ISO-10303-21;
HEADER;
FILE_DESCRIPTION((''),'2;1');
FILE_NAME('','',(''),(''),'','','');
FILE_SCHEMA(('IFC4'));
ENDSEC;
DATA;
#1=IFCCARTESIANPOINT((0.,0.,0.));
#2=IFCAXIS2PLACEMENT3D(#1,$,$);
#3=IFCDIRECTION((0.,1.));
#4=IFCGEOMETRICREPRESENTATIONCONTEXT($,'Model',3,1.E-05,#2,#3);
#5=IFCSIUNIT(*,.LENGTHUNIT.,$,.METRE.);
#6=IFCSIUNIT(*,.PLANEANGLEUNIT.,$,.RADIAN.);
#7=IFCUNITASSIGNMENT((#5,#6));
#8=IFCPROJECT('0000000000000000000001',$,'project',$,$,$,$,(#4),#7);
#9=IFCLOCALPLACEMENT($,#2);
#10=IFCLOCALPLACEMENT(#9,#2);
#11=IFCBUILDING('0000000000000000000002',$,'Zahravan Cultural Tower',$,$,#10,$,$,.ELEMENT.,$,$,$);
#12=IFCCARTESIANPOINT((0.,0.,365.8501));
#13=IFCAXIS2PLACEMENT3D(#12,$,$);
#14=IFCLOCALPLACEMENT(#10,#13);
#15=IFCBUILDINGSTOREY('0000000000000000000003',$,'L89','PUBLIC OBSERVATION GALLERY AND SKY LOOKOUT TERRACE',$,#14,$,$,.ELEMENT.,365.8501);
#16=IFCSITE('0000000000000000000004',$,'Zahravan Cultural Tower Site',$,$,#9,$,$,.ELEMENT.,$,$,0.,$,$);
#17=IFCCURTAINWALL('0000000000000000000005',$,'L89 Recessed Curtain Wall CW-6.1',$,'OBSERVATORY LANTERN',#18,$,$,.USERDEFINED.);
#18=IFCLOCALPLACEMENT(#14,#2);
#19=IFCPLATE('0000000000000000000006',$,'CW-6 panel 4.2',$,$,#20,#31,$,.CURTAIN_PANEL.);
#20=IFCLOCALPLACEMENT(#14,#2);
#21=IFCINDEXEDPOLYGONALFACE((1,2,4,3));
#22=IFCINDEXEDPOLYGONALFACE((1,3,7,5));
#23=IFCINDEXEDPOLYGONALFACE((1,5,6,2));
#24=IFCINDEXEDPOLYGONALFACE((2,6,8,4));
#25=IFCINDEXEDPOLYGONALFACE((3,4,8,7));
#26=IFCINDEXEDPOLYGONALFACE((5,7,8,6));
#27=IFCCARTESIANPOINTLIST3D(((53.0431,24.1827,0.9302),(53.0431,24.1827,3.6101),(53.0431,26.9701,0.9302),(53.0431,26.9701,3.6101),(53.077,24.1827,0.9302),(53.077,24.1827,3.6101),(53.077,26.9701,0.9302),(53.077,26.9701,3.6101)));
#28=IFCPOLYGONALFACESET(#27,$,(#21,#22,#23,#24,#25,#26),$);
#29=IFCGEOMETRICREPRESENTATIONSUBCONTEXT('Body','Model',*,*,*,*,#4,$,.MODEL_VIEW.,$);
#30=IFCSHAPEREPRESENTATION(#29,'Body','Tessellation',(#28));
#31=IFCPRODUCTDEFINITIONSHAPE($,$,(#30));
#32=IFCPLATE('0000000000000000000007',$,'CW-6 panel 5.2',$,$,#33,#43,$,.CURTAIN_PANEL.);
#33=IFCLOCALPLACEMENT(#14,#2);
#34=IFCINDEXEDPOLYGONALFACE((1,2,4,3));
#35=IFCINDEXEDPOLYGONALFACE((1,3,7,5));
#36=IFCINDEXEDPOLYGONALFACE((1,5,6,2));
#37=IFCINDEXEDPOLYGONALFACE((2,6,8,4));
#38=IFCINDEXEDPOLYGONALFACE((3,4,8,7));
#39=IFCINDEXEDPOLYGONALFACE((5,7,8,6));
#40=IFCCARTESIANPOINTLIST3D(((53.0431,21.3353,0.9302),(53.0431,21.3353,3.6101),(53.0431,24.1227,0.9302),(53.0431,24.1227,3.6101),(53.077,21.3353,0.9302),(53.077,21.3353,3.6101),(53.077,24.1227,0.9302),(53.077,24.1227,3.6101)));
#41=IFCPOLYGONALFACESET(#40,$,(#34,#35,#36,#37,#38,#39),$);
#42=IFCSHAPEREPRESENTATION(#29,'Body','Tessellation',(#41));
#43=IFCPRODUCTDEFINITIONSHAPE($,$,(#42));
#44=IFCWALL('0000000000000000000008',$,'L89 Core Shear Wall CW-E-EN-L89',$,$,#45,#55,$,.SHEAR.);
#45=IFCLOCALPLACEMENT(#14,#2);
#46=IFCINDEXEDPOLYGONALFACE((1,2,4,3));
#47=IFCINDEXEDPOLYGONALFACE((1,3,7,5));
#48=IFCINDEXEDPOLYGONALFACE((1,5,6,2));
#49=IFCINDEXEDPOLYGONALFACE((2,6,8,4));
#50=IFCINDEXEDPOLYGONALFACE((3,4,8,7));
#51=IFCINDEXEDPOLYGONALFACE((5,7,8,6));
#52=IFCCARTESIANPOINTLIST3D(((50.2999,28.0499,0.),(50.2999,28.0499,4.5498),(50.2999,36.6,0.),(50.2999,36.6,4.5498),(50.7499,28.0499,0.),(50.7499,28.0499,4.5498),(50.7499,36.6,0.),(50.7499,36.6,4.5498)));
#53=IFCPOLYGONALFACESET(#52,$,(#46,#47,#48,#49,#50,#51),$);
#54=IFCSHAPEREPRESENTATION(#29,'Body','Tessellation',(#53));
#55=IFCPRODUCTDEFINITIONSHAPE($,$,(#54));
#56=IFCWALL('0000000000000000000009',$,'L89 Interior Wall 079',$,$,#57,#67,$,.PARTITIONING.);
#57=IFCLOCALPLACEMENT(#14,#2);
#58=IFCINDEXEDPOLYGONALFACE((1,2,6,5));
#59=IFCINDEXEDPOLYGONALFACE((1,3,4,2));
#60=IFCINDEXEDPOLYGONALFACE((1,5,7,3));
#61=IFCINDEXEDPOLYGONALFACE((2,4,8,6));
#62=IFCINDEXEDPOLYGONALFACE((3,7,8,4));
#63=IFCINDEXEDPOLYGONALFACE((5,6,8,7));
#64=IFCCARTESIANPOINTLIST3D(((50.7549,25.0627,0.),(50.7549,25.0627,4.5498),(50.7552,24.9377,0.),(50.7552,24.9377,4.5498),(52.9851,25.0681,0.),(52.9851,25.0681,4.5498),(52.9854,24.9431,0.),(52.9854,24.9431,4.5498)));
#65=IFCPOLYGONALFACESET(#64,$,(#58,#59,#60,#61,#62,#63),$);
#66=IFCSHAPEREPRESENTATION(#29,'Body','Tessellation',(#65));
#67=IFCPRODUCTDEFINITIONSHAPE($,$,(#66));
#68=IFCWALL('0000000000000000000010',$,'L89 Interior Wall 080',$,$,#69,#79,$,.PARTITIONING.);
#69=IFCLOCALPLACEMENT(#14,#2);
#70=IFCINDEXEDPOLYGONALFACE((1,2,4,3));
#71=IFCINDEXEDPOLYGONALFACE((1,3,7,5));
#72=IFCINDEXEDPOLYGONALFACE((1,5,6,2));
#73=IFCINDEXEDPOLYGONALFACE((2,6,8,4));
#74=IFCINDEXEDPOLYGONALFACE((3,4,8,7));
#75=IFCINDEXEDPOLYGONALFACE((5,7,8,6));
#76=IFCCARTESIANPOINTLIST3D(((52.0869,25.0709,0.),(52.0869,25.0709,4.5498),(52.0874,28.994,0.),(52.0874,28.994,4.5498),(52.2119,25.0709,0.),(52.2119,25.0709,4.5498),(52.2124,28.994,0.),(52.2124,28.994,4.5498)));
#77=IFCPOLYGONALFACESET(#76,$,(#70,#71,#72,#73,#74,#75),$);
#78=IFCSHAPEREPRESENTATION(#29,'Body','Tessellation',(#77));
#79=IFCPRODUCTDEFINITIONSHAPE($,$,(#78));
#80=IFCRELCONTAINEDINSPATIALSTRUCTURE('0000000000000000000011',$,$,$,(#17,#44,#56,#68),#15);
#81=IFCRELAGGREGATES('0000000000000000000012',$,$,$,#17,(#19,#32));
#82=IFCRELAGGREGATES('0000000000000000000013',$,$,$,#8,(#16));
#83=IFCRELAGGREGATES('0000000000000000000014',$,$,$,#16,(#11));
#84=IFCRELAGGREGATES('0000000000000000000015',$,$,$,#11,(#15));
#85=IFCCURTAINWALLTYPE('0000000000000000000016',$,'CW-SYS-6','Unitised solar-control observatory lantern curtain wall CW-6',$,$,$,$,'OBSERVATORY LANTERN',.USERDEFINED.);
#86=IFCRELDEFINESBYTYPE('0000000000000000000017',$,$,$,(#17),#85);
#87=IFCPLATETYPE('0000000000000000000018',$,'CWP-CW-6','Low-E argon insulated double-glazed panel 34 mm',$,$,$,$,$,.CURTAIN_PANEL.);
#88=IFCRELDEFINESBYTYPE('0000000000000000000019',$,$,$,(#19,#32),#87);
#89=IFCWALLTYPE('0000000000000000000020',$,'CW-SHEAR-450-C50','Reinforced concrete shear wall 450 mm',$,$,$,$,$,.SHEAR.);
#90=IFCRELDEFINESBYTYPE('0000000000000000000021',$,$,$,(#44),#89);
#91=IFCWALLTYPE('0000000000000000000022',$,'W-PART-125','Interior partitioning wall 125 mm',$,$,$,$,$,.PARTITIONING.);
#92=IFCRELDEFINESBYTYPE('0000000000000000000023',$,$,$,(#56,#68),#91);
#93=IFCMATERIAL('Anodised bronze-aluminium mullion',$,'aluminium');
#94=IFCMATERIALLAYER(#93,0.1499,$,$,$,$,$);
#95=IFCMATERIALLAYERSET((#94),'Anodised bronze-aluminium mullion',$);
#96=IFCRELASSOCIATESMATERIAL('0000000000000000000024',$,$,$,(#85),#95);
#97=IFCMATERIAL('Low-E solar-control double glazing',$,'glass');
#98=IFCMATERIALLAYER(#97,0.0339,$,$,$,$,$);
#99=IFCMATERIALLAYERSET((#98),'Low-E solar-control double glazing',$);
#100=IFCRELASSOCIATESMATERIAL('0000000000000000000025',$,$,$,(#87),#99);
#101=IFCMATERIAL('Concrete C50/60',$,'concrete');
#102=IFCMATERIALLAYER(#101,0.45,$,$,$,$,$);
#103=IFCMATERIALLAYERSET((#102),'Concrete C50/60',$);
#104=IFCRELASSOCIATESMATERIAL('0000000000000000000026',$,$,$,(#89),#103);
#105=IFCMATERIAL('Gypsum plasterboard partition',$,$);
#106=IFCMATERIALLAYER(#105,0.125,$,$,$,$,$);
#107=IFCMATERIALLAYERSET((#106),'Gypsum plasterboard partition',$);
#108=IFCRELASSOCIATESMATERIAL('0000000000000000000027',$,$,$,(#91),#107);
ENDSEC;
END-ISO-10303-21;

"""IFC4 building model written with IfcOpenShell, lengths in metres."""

from ifc_helpers import new_model, si_unit, direction, frame, frame_2d, origin, origin_2d, place, context, subcontext, project, spatial, rectangle, extrude, source, transform, mapped, material, layer, layer_set, type_object, element, aggregate, save


model = new_model("IFC4")

# Units and contexts
model_context = context("Model", 3, precision=1e-05, world=origin(), true_north=direction((0.0, 1.0)))
body_context = subcontext(model_context, "Body", "Model", "MODEL_VIEW")
ifc_project = project(units=[si_unit("LENGTHUNIT", "METRE"), si_unit("PLANEANGLEUNIT", "RADIAN")], contexts=[model_context])

# Site, building, storey
site_placement = place(None, origin())
site = spatial("IfcSite", under=ifc_project, at=site_placement, Name="Zahravan Cultural Tower Site", CompositionType="ELEMENT", RefElevation=0.0)
building_placement = place(site_placement, origin())
building = spatial("IfcBuilding", under=site, at=building_placement, Name="Zahravan Cultural Tower", CompositionType="ELEMENT")
storey_placement = place(building_placement, frame((0.0, 0.0, 365.8501)))
storey = spatial("IfcBuildingStorey", under=building, at=storey_placement, Name="L89", Description="PUBLIC OBSERVATION GALLERY AND SKY LOOKOUT TERRACE", CompositionType="ELEMENT", Elevation=365.8501)

# Shared definitions
ifc_material_1 = material(Name="Concrete C50/60", Category="concrete")

# Curtain wall, plates
ifc_material_2 = material(Name="Anodised bronze-aluminium mullion", Category="aluminium")
ifc_layer_1 = layer(ifc_material_2, 0.1499)
ifc_layer_set_1 = layer_set([ifc_layer_1], Name="Anodised bronze-aluminium mullion")
curtain_wall_type = type_object("IfcCurtainWallType", Name="CW-SYS-6", Description="Unitised solar-control observatory lantern curtain wall CW-6", ElementType="OBSERVATORY LANTERN", PredefinedType="USERDEFINED", material=ifc_layer_set_1)
curtain_wall_placement = place(storey_placement, origin())
curtain_wall = element("IfcCurtainWall", 1, at=curtain_wall_placement, inside=storey, type_object=curtain_wall_type, Name="L89 Recessed Curtain Wall CW-6.1", ObjectType="OBSERVATORY LANTERN", PredefinedType="USERDEFINED")
ifc_material_3 = material(Name="Low-E solar-control double glazing", Category="glass")
ifc_layer_2 = layer(ifc_material_3, 0.0339)
ifc_layer_set_2 = layer_set([ifc_layer_2], Name="Low-E solar-control double glazing")
plate_type = type_object("IfcPlateType", Name="CWP-CW-6", Description="Low-E argon insulated double-glazed panel 34 mm", PredefinedType="CURTAIN_PANEL", material=ifc_layer_set_2)
shared_shape_1 = source(origin(), body_context, "Body", "SweptSolid", [
    extrude(rectangle(XDim=2.7874, YDim=0.0339, at=origin_2d()), origin(), (0.0, 0.0, 1.0), 2.6799),
])
plate_1_placement = place(storey_placement, frame((53.0601, 25.5764, 0.9302), z_axis=(0.0, 0.0, 1.0), x_axis=(0.0, -1.0, 0.0)))
plate_1 = element("IfcPlate", 2, at=plate_1_placement, type_object=plate_type, Name="CW-6 panel 4.2", PredefinedType="CURTAIN_PANEL", context=body_context, shape_type="MappedRepresentation", body=[
    mapped(shared_shape_1, transform((0.0, 0.0, 0.0), x_axis=(1.0, 0.0, 0.0), y_axis=(0.0, 1.0, 0.0), z_axis=(0.0, 0.0, 1.0), scale=1.0)),
])
plate_2_placement = place(storey_placement, frame((53.0601, 22.729, 0.9302), z_axis=(0.0, 0.0, 1.0), x_axis=(0.0, -1.0, 0.0)))
plate_2 = element("IfcPlate", 3, at=plate_2_placement, type_object=plate_type, Name="CW-6 panel 5.2", PredefinedType="CURTAIN_PANEL", context=body_context, shape_type="MappedRepresentation", body=[
    mapped(shared_shape_1, transform((0.0, 0.0, 0.0), x_axis=(1.0, 0.0, 0.0), y_axis=(0.0, 1.0, 0.0), z_axis=(0.0, 0.0, 1.0), scale=1.0)),
])
aggregate(curtain_wall, [plate_1, plate_2])

# Walls
ifc_layer_3 = layer(ifc_material_1, 0.45)
ifc_layer_set_3 = layer_set([ifc_layer_3], Name="Concrete C50/60")
wall_type_1 = type_object("IfcWallType", Name="CW-SHEAR-450-C50", Description="Reinforced concrete shear wall 450 mm", PredefinedType="SHEAR", material=ifc_layer_set_3)
shared_shape_2 = source(origin(), body_context, "Body", "SweptSolid", [
    extrude(rectangle(XDim=8.55, YDim=0.45, at=frame_2d((4.2749, 0.0))), origin(), (0.0, 0.0, 1.0), 4.5498),
])
wall_1_placement = place(storey_placement, frame((50.5249, 28.05, 0.0), z_axis=(0.0, 0.0, 1.0), x_axis=(0.0, 1.0, 0.0)))
element("IfcWall", 4, at=wall_1_placement, inside=storey, type_object=wall_type_1, Name="L89 Core Shear Wall CW-E-EN-L89", PredefinedType="SHEAR", context=body_context, shape_type="MappedRepresentation", body=[
    mapped(shared_shape_2, transform((0.0, 0.0, 0.0), x_axis=(1.0, 0.0, 0.0), y_axis=(0.0, 1.0, 0.0), z_axis=(0.0, 0.0, 1.0), scale=1.0)),
])
ifc_material_4 = material(Name="Gypsum plasterboard partition")
ifc_layer_4 = layer(ifc_material_4, 0.125)
ifc_layer_set_4 = layer_set([ifc_layer_4], Name="Gypsum plasterboard partition")
wall_type_2 = type_object("IfcWallType", Name="W-PART-125", Description="Interior partitioning wall 125 mm", PredefinedType="PARTITIONING", material=ifc_layer_set_4)
shared_shape_3 = source(origin(), body_context, "Body", "SweptSolid", [
    extrude(rectangle(XDim=2.2302, YDim=0.125, at=frame_2d((1.1152, 0.0))), origin(), (0.0, 0.0, 1.0), 4.5498),
])
wall_2_placement = place(storey_placement, frame((50.7549, 25.0002, 0.0), z_axis=(0.0, 0.0, 1.0), x_axis=(0.999997, 0.002408, 0.0)))
element("IfcWall", 5, at=wall_2_placement, inside=storey, type_object=wall_type_2, Name="L89 Interior Wall 079", PredefinedType="PARTITIONING", context=body_context, shape_type="MappedRepresentation", body=[
    mapped(shared_shape_3, transform((0.0, 0.0, 0.0), x_axis=(1.0, 0.0, 0.0), y_axis=(0.0, 1.0, 0.0), z_axis=(0.0, 0.0, 1.0), scale=1.0)),
])
shared_shape_4 = source(origin(), body_context, "Body", "SweptSolid", [
    extrude(rectangle(XDim=3.9231, YDim=0.125, at=frame_2d((1.9614, 0.0))), origin(), (0.0, 0.0, 1.0), 4.5498),
])
wall_3_placement = place(storey_placement, frame((52.1494, 25.071, 0.0), z_axis=(0.0, 0.0, 1.0), x_axis=(0.000124, 1.0, 0.0)))
element("IfcWall", 6, at=wall_3_placement, inside=storey, type_object=wall_type_2, Name="L89 Interior Wall 080", PredefinedType="PARTITIONING", context=body_context, shape_type="MappedRepresentation", body=[
    mapped(shared_shape_4, transform((0.0, 0.0, 0.0), x_axis=(1.0, 0.0, 0.0), y_axis=(0.0, 1.0, 0.0), z_axis=(0.0, 0.0, 1.0), scale=1.0)),
])

save(model, "model.ifc")
